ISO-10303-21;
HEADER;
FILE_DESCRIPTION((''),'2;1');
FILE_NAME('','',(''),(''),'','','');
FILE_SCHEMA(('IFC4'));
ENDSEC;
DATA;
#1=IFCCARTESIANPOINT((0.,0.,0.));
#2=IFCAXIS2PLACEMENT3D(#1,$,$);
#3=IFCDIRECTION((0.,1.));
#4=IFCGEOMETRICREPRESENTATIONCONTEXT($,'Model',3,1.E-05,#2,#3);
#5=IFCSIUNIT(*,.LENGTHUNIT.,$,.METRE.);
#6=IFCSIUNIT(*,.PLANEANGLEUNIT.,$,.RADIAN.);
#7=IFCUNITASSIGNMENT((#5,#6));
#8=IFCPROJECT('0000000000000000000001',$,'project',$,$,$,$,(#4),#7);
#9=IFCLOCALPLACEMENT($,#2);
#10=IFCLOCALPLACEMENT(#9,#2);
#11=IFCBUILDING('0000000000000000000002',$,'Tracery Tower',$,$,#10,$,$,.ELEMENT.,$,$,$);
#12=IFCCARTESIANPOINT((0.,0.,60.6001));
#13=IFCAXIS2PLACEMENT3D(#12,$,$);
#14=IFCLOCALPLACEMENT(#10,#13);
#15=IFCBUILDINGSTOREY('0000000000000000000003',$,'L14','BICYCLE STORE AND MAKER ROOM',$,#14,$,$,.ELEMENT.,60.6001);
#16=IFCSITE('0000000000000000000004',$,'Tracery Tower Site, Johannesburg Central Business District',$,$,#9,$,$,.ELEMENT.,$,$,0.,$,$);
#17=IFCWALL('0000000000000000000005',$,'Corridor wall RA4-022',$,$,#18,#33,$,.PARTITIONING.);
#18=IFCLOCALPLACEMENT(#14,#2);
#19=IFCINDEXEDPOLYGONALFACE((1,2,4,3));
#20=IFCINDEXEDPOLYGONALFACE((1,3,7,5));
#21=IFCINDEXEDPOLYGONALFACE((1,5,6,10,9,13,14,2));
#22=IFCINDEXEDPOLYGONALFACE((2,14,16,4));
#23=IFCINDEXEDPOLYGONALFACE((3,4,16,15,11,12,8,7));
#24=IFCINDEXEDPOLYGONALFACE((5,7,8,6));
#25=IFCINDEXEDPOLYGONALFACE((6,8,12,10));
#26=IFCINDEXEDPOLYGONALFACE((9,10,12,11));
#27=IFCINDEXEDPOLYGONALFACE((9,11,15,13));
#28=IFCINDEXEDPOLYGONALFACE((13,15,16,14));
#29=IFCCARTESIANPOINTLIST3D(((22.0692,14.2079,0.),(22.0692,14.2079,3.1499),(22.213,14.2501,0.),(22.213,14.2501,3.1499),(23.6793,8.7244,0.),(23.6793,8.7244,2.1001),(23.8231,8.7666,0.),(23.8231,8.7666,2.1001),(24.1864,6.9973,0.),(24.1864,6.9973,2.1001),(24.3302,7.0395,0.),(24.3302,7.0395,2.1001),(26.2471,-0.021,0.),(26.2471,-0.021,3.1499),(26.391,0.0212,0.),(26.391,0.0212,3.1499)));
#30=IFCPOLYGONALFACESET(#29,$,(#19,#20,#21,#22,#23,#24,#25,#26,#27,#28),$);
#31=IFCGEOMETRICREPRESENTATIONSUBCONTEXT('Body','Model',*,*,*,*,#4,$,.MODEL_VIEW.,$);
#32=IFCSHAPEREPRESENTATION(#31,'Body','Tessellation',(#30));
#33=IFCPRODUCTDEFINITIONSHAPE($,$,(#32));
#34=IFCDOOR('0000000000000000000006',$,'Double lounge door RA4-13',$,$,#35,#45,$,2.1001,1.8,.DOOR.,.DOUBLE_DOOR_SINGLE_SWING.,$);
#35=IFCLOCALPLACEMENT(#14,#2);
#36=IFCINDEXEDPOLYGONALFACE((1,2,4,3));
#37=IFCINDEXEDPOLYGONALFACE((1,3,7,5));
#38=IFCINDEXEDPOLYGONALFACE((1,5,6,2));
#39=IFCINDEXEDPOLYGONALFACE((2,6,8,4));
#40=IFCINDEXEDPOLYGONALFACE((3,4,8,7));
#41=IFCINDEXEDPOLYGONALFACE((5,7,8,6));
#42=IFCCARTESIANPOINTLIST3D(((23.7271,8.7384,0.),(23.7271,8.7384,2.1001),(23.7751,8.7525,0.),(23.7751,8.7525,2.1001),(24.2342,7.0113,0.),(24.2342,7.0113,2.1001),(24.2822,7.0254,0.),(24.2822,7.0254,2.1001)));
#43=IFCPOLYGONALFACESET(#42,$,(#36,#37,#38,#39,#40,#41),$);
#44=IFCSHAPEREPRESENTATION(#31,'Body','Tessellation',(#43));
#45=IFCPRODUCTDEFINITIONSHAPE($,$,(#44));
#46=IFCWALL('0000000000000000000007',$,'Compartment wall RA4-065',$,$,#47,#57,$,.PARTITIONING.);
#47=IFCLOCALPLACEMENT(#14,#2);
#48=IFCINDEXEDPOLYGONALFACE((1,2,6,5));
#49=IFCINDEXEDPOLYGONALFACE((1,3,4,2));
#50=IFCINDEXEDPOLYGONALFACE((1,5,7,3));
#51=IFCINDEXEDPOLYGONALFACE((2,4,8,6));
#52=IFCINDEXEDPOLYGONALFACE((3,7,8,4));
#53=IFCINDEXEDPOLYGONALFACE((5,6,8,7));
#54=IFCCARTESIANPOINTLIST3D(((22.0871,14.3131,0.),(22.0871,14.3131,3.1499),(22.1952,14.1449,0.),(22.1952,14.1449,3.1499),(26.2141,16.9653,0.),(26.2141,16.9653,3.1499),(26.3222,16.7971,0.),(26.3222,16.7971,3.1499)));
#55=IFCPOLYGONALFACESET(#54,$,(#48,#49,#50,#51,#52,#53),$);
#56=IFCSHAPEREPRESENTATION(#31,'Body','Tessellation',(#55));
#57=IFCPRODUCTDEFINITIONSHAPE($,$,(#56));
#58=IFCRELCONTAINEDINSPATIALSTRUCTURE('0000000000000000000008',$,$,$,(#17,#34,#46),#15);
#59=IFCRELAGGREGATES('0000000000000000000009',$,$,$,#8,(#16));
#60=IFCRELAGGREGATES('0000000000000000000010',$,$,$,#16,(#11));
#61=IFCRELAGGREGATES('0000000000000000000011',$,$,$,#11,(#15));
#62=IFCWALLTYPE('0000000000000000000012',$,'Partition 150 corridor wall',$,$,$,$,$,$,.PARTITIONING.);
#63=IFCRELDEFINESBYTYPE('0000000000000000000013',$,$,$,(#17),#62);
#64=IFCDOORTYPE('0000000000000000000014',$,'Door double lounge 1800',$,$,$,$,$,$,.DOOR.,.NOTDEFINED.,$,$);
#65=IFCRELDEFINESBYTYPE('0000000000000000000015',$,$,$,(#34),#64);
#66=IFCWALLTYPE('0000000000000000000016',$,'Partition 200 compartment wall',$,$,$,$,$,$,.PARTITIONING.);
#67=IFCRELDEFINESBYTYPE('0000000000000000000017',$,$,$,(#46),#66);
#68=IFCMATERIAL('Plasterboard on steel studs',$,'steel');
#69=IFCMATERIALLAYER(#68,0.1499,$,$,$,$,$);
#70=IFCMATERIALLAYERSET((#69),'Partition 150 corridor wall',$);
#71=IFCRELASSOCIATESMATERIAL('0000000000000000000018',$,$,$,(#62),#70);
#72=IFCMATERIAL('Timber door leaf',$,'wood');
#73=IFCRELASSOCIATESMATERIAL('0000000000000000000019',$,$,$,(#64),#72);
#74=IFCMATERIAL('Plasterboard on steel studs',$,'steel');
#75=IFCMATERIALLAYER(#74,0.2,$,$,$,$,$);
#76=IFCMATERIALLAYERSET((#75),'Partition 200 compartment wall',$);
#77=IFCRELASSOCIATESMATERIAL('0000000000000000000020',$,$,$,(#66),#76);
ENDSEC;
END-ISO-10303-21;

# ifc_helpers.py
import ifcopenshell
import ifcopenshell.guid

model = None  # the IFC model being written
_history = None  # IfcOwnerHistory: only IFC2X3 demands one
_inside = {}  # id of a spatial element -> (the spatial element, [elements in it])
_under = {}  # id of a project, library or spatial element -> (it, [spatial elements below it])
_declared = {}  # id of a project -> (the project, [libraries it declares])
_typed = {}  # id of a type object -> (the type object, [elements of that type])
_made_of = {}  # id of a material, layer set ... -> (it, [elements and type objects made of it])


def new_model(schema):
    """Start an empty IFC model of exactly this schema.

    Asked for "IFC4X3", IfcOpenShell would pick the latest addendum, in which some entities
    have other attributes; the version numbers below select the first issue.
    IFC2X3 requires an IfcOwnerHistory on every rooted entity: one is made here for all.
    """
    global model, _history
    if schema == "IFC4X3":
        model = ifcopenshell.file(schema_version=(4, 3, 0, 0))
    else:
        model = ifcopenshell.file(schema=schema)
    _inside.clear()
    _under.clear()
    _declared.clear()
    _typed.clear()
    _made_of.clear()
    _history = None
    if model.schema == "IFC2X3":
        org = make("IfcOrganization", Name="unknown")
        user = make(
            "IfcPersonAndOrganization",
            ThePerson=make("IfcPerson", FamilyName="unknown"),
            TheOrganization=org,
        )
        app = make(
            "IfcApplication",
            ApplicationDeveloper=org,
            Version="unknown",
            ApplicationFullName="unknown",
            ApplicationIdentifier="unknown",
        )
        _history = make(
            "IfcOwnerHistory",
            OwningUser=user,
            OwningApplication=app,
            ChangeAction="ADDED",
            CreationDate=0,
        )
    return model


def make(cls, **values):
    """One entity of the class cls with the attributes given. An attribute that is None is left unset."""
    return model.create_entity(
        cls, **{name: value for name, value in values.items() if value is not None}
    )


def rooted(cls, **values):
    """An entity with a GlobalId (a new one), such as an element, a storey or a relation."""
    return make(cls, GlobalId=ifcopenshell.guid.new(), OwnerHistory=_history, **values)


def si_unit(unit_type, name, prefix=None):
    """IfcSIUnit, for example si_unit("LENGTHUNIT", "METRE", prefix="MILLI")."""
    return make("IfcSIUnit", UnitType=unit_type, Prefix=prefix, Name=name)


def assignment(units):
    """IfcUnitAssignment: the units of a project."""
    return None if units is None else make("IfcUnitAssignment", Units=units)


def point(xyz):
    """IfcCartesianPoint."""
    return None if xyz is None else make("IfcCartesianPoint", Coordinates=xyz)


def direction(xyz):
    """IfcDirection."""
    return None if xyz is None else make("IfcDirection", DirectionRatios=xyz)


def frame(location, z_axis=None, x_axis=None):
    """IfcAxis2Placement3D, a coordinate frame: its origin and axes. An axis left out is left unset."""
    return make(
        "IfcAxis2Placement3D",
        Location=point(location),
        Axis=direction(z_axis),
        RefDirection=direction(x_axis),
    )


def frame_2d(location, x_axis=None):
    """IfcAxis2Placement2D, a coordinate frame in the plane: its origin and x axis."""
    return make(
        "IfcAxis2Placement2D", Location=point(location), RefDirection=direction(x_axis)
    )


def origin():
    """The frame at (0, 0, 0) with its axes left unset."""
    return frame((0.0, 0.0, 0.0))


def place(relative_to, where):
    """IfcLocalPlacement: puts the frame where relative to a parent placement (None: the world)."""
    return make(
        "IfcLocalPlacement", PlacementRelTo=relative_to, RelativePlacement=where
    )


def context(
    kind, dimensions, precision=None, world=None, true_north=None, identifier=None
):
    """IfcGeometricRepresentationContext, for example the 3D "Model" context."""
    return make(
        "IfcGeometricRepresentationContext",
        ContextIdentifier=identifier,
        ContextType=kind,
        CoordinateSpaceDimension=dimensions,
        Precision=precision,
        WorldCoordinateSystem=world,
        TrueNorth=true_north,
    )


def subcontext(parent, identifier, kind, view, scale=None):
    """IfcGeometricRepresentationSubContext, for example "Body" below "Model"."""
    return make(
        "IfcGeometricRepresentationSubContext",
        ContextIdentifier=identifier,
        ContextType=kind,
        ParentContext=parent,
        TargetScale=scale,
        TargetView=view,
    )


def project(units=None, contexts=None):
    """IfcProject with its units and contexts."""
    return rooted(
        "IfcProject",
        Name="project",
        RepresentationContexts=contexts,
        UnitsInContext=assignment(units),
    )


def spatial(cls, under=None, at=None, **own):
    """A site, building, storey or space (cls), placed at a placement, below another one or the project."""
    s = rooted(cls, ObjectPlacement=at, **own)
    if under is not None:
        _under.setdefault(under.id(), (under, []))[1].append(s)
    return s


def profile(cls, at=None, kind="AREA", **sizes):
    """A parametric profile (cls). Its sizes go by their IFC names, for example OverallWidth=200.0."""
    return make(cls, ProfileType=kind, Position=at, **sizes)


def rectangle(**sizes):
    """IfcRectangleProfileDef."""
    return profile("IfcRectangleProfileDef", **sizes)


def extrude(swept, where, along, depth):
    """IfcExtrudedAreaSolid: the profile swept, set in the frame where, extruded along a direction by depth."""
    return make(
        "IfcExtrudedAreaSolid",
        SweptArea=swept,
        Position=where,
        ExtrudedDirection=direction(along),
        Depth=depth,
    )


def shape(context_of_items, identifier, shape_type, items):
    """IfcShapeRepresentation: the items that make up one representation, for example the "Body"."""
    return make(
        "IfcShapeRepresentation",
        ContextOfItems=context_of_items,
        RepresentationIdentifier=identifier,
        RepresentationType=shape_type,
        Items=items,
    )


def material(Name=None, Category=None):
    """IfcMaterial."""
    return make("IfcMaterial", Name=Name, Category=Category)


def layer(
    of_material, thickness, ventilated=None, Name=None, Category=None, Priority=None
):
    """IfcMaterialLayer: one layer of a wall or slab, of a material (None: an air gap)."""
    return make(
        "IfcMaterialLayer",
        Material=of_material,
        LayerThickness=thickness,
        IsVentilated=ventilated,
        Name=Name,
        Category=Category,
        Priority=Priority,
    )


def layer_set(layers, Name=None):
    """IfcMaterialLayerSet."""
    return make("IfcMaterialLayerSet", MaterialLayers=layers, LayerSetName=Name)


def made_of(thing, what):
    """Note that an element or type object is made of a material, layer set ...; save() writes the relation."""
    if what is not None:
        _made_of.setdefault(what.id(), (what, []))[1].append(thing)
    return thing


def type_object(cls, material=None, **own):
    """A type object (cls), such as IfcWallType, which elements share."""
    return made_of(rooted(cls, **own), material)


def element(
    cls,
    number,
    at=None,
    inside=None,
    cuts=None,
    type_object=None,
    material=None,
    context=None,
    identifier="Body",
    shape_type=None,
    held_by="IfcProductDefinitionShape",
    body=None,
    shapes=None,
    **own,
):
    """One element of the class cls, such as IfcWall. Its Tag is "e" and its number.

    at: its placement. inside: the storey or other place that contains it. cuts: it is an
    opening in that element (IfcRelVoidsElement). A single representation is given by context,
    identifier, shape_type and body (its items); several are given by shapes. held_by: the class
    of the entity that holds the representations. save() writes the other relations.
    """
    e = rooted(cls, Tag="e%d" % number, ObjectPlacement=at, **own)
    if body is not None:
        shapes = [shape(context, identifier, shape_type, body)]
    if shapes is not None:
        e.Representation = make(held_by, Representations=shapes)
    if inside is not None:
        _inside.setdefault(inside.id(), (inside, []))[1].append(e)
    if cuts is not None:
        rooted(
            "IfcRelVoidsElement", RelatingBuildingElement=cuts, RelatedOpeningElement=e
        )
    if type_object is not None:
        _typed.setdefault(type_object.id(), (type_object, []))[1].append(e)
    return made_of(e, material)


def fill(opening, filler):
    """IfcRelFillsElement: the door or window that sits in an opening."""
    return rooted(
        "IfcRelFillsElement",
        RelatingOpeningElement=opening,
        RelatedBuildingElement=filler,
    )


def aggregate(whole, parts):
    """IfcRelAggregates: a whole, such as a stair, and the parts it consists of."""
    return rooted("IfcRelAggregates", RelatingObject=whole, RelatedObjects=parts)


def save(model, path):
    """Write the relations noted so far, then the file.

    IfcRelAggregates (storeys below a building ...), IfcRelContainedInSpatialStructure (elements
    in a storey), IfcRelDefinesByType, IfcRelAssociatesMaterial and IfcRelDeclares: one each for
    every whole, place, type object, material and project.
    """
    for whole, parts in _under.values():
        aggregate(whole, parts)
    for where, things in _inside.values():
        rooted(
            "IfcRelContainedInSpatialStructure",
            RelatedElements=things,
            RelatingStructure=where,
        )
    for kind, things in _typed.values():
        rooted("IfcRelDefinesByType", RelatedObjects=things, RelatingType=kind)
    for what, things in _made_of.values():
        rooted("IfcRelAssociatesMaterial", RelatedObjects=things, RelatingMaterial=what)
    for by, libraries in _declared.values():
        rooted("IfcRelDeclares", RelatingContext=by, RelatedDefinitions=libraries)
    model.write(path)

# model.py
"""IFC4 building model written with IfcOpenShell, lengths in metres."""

from ifc_helpers import new_model, si_unit, direction, frame, frame_2d, origin, place, context, subcontext, project, spatial, rectangle, extrude, material, layer, layer_set, type_object, element, fill, save


model = new_model("IFC4")

# Units and contexts
model_context = context("Model", 3, precision=1e-05, world=origin(), true_north=direction((0.0, 1.0)))
body_context = subcontext(model_context, "Body", "Model", "MODEL_VIEW")
ifc_project = project(units=[si_unit("LENGTHUNIT", "METRE"), si_unit("PLANEANGLEUNIT", "RADIAN")], contexts=[model_context])

# Site, building, storey
site_placement = place(None, origin())
site = spatial("IfcSite", under=ifc_project, at=site_placement, Name="Tracery Tower Site, Johannesburg Central Business District", CompositionType="ELEMENT", RefElevation=0.0)
building_placement = place(site_placement, origin())
building = spatial("IfcBuilding", under=site, at=building_placement, Name="Tracery Tower", CompositionType="ELEMENT")
storey_placement = place(building_placement, frame((0.0, 0.0, 60.6001)))
storey = spatial("IfcBuildingStorey", under=building, at=storey_placement, Name="L14", Description="BICYCLE STORE AND MAKER ROOM", CompositionType="ELEMENT", Elevation=60.6001)

# Wall, opening, door
ifc_material_1 = material(Name="Plasterboard on steel studs", Category="steel")
ifc_layer_1 = layer(ifc_material_1, 0.1499)
ifc_layer_set_1 = layer_set([ifc_layer_1], Name="Partition 150 corridor wall")
wall_type_1 = type_object("IfcWallType", Name="Partition 150 corridor wall", PredefinedType="PARTITIONING", material=ifc_layer_set_1)
wall_1_placement = place(storey_placement, frame((22.1411, 14.229, 0.0), z_axis=(0.0, 0.0, 1.0), x_axis=(0.28173, -0.959494, 0.0)))
wall_1 = element("IfcWall", 1, at=wall_1_placement, inside=storey, type_object=wall_type_1, Name="Corridor wall RA4-022", PredefinedType="PARTITIONING", context=body_context, shape_type="SweptSolid", body=[
    extrude(rectangle(XDim=14.8296, YDim=0.1499, at=frame_2d((7.4148, 0.0))), origin(), (0.0, 0.0, 1.0), 3.1499),
])
opening_1_placement = place(wall_1_placement, frame((5.7151, 0.0, 0.0)))
opening_1 = element("IfcOpeningElement", 2, at=opening_1_placement, cuts=wall_1, PredefinedType="OPENING", context=body_context, shape_type="SweptSolid", body=[
    extrude(rectangle(XDim=1.8, YDim=2.1001, at=frame_2d((0.8999, 1.05))), frame((0.0, 0.075, 0.0), z_axis=(0.0, -1.0, 0.0), x_axis=(1.0, 0.0, 0.0)), (0.0, 0.0, 1.0), 0.1499),
])
ifc_material_2 = material(Name="Timber door leaf", Category="wood")
door_type_1 = type_object("IfcDoorType", Name="Door double lounge 1800", OperationType="NOTDEFINED", PredefinedType="DOOR", material=ifc_material_2)
door_1_placement = place(opening_1_placement, origin())
door_1 = element("IfcDoor", 3, at=door_1_placement, inside=storey, type_object=door_type_1, Name="Double lounge door RA4-13", OperationType="DOUBLE_DOOR_SINGLE_SWING", OverallHeight=2.1001, OverallWidth=1.8, PredefinedType="DOOR", context=body_context, shape_type="SweptSolid", body=[
    extrude(rectangle(XDim=1.8, YDim=2.1001, at=frame_2d((0.8999, 1.05))), frame((0.0, 0.0249, 0.0), z_axis=(0.0, -1.0, 0.0), x_axis=(1.0, 0.0, 0.0)), (0.0, 0.0, 1.0), 0.05),
])
fill(opening_1, door_1)

# Wall
ifc_material_3 = material(Name="Plasterboard on steel studs", Category="steel")
ifc_layer_2 = layer(ifc_material_3, 0.2)
ifc_layer_set_2 = layer_set([ifc_layer_2], Name="Partition 200 compartment wall")
wall_type_2 = type_object("IfcWallType", Name="Partition 200 compartment wall", PredefinedType="PARTITIONING", material=ifc_layer_set_2)
wall_2_placement = place(storey_placement, frame((22.1411, 14.229, 0.0), z_axis=(0.0, 0.0, 1.0), x_axis=(0.841266, 0.540622, 0.0)))
element("IfcWall", 4, at=wall_2_placement, inside=storey, type_object=wall_type_2, Name="Compartment wall RA4-065", PredefinedType="PARTITIONING", context=body_context, shape_type="SweptSolid", body=[
    extrude(rectangle(XDim=4.9058, YDim=0.2, at=frame_2d((2.4529, 0.0))), origin(), (0.0, 0.0, 1.0), 3.1499),
])

save(model, "model.ifc")
